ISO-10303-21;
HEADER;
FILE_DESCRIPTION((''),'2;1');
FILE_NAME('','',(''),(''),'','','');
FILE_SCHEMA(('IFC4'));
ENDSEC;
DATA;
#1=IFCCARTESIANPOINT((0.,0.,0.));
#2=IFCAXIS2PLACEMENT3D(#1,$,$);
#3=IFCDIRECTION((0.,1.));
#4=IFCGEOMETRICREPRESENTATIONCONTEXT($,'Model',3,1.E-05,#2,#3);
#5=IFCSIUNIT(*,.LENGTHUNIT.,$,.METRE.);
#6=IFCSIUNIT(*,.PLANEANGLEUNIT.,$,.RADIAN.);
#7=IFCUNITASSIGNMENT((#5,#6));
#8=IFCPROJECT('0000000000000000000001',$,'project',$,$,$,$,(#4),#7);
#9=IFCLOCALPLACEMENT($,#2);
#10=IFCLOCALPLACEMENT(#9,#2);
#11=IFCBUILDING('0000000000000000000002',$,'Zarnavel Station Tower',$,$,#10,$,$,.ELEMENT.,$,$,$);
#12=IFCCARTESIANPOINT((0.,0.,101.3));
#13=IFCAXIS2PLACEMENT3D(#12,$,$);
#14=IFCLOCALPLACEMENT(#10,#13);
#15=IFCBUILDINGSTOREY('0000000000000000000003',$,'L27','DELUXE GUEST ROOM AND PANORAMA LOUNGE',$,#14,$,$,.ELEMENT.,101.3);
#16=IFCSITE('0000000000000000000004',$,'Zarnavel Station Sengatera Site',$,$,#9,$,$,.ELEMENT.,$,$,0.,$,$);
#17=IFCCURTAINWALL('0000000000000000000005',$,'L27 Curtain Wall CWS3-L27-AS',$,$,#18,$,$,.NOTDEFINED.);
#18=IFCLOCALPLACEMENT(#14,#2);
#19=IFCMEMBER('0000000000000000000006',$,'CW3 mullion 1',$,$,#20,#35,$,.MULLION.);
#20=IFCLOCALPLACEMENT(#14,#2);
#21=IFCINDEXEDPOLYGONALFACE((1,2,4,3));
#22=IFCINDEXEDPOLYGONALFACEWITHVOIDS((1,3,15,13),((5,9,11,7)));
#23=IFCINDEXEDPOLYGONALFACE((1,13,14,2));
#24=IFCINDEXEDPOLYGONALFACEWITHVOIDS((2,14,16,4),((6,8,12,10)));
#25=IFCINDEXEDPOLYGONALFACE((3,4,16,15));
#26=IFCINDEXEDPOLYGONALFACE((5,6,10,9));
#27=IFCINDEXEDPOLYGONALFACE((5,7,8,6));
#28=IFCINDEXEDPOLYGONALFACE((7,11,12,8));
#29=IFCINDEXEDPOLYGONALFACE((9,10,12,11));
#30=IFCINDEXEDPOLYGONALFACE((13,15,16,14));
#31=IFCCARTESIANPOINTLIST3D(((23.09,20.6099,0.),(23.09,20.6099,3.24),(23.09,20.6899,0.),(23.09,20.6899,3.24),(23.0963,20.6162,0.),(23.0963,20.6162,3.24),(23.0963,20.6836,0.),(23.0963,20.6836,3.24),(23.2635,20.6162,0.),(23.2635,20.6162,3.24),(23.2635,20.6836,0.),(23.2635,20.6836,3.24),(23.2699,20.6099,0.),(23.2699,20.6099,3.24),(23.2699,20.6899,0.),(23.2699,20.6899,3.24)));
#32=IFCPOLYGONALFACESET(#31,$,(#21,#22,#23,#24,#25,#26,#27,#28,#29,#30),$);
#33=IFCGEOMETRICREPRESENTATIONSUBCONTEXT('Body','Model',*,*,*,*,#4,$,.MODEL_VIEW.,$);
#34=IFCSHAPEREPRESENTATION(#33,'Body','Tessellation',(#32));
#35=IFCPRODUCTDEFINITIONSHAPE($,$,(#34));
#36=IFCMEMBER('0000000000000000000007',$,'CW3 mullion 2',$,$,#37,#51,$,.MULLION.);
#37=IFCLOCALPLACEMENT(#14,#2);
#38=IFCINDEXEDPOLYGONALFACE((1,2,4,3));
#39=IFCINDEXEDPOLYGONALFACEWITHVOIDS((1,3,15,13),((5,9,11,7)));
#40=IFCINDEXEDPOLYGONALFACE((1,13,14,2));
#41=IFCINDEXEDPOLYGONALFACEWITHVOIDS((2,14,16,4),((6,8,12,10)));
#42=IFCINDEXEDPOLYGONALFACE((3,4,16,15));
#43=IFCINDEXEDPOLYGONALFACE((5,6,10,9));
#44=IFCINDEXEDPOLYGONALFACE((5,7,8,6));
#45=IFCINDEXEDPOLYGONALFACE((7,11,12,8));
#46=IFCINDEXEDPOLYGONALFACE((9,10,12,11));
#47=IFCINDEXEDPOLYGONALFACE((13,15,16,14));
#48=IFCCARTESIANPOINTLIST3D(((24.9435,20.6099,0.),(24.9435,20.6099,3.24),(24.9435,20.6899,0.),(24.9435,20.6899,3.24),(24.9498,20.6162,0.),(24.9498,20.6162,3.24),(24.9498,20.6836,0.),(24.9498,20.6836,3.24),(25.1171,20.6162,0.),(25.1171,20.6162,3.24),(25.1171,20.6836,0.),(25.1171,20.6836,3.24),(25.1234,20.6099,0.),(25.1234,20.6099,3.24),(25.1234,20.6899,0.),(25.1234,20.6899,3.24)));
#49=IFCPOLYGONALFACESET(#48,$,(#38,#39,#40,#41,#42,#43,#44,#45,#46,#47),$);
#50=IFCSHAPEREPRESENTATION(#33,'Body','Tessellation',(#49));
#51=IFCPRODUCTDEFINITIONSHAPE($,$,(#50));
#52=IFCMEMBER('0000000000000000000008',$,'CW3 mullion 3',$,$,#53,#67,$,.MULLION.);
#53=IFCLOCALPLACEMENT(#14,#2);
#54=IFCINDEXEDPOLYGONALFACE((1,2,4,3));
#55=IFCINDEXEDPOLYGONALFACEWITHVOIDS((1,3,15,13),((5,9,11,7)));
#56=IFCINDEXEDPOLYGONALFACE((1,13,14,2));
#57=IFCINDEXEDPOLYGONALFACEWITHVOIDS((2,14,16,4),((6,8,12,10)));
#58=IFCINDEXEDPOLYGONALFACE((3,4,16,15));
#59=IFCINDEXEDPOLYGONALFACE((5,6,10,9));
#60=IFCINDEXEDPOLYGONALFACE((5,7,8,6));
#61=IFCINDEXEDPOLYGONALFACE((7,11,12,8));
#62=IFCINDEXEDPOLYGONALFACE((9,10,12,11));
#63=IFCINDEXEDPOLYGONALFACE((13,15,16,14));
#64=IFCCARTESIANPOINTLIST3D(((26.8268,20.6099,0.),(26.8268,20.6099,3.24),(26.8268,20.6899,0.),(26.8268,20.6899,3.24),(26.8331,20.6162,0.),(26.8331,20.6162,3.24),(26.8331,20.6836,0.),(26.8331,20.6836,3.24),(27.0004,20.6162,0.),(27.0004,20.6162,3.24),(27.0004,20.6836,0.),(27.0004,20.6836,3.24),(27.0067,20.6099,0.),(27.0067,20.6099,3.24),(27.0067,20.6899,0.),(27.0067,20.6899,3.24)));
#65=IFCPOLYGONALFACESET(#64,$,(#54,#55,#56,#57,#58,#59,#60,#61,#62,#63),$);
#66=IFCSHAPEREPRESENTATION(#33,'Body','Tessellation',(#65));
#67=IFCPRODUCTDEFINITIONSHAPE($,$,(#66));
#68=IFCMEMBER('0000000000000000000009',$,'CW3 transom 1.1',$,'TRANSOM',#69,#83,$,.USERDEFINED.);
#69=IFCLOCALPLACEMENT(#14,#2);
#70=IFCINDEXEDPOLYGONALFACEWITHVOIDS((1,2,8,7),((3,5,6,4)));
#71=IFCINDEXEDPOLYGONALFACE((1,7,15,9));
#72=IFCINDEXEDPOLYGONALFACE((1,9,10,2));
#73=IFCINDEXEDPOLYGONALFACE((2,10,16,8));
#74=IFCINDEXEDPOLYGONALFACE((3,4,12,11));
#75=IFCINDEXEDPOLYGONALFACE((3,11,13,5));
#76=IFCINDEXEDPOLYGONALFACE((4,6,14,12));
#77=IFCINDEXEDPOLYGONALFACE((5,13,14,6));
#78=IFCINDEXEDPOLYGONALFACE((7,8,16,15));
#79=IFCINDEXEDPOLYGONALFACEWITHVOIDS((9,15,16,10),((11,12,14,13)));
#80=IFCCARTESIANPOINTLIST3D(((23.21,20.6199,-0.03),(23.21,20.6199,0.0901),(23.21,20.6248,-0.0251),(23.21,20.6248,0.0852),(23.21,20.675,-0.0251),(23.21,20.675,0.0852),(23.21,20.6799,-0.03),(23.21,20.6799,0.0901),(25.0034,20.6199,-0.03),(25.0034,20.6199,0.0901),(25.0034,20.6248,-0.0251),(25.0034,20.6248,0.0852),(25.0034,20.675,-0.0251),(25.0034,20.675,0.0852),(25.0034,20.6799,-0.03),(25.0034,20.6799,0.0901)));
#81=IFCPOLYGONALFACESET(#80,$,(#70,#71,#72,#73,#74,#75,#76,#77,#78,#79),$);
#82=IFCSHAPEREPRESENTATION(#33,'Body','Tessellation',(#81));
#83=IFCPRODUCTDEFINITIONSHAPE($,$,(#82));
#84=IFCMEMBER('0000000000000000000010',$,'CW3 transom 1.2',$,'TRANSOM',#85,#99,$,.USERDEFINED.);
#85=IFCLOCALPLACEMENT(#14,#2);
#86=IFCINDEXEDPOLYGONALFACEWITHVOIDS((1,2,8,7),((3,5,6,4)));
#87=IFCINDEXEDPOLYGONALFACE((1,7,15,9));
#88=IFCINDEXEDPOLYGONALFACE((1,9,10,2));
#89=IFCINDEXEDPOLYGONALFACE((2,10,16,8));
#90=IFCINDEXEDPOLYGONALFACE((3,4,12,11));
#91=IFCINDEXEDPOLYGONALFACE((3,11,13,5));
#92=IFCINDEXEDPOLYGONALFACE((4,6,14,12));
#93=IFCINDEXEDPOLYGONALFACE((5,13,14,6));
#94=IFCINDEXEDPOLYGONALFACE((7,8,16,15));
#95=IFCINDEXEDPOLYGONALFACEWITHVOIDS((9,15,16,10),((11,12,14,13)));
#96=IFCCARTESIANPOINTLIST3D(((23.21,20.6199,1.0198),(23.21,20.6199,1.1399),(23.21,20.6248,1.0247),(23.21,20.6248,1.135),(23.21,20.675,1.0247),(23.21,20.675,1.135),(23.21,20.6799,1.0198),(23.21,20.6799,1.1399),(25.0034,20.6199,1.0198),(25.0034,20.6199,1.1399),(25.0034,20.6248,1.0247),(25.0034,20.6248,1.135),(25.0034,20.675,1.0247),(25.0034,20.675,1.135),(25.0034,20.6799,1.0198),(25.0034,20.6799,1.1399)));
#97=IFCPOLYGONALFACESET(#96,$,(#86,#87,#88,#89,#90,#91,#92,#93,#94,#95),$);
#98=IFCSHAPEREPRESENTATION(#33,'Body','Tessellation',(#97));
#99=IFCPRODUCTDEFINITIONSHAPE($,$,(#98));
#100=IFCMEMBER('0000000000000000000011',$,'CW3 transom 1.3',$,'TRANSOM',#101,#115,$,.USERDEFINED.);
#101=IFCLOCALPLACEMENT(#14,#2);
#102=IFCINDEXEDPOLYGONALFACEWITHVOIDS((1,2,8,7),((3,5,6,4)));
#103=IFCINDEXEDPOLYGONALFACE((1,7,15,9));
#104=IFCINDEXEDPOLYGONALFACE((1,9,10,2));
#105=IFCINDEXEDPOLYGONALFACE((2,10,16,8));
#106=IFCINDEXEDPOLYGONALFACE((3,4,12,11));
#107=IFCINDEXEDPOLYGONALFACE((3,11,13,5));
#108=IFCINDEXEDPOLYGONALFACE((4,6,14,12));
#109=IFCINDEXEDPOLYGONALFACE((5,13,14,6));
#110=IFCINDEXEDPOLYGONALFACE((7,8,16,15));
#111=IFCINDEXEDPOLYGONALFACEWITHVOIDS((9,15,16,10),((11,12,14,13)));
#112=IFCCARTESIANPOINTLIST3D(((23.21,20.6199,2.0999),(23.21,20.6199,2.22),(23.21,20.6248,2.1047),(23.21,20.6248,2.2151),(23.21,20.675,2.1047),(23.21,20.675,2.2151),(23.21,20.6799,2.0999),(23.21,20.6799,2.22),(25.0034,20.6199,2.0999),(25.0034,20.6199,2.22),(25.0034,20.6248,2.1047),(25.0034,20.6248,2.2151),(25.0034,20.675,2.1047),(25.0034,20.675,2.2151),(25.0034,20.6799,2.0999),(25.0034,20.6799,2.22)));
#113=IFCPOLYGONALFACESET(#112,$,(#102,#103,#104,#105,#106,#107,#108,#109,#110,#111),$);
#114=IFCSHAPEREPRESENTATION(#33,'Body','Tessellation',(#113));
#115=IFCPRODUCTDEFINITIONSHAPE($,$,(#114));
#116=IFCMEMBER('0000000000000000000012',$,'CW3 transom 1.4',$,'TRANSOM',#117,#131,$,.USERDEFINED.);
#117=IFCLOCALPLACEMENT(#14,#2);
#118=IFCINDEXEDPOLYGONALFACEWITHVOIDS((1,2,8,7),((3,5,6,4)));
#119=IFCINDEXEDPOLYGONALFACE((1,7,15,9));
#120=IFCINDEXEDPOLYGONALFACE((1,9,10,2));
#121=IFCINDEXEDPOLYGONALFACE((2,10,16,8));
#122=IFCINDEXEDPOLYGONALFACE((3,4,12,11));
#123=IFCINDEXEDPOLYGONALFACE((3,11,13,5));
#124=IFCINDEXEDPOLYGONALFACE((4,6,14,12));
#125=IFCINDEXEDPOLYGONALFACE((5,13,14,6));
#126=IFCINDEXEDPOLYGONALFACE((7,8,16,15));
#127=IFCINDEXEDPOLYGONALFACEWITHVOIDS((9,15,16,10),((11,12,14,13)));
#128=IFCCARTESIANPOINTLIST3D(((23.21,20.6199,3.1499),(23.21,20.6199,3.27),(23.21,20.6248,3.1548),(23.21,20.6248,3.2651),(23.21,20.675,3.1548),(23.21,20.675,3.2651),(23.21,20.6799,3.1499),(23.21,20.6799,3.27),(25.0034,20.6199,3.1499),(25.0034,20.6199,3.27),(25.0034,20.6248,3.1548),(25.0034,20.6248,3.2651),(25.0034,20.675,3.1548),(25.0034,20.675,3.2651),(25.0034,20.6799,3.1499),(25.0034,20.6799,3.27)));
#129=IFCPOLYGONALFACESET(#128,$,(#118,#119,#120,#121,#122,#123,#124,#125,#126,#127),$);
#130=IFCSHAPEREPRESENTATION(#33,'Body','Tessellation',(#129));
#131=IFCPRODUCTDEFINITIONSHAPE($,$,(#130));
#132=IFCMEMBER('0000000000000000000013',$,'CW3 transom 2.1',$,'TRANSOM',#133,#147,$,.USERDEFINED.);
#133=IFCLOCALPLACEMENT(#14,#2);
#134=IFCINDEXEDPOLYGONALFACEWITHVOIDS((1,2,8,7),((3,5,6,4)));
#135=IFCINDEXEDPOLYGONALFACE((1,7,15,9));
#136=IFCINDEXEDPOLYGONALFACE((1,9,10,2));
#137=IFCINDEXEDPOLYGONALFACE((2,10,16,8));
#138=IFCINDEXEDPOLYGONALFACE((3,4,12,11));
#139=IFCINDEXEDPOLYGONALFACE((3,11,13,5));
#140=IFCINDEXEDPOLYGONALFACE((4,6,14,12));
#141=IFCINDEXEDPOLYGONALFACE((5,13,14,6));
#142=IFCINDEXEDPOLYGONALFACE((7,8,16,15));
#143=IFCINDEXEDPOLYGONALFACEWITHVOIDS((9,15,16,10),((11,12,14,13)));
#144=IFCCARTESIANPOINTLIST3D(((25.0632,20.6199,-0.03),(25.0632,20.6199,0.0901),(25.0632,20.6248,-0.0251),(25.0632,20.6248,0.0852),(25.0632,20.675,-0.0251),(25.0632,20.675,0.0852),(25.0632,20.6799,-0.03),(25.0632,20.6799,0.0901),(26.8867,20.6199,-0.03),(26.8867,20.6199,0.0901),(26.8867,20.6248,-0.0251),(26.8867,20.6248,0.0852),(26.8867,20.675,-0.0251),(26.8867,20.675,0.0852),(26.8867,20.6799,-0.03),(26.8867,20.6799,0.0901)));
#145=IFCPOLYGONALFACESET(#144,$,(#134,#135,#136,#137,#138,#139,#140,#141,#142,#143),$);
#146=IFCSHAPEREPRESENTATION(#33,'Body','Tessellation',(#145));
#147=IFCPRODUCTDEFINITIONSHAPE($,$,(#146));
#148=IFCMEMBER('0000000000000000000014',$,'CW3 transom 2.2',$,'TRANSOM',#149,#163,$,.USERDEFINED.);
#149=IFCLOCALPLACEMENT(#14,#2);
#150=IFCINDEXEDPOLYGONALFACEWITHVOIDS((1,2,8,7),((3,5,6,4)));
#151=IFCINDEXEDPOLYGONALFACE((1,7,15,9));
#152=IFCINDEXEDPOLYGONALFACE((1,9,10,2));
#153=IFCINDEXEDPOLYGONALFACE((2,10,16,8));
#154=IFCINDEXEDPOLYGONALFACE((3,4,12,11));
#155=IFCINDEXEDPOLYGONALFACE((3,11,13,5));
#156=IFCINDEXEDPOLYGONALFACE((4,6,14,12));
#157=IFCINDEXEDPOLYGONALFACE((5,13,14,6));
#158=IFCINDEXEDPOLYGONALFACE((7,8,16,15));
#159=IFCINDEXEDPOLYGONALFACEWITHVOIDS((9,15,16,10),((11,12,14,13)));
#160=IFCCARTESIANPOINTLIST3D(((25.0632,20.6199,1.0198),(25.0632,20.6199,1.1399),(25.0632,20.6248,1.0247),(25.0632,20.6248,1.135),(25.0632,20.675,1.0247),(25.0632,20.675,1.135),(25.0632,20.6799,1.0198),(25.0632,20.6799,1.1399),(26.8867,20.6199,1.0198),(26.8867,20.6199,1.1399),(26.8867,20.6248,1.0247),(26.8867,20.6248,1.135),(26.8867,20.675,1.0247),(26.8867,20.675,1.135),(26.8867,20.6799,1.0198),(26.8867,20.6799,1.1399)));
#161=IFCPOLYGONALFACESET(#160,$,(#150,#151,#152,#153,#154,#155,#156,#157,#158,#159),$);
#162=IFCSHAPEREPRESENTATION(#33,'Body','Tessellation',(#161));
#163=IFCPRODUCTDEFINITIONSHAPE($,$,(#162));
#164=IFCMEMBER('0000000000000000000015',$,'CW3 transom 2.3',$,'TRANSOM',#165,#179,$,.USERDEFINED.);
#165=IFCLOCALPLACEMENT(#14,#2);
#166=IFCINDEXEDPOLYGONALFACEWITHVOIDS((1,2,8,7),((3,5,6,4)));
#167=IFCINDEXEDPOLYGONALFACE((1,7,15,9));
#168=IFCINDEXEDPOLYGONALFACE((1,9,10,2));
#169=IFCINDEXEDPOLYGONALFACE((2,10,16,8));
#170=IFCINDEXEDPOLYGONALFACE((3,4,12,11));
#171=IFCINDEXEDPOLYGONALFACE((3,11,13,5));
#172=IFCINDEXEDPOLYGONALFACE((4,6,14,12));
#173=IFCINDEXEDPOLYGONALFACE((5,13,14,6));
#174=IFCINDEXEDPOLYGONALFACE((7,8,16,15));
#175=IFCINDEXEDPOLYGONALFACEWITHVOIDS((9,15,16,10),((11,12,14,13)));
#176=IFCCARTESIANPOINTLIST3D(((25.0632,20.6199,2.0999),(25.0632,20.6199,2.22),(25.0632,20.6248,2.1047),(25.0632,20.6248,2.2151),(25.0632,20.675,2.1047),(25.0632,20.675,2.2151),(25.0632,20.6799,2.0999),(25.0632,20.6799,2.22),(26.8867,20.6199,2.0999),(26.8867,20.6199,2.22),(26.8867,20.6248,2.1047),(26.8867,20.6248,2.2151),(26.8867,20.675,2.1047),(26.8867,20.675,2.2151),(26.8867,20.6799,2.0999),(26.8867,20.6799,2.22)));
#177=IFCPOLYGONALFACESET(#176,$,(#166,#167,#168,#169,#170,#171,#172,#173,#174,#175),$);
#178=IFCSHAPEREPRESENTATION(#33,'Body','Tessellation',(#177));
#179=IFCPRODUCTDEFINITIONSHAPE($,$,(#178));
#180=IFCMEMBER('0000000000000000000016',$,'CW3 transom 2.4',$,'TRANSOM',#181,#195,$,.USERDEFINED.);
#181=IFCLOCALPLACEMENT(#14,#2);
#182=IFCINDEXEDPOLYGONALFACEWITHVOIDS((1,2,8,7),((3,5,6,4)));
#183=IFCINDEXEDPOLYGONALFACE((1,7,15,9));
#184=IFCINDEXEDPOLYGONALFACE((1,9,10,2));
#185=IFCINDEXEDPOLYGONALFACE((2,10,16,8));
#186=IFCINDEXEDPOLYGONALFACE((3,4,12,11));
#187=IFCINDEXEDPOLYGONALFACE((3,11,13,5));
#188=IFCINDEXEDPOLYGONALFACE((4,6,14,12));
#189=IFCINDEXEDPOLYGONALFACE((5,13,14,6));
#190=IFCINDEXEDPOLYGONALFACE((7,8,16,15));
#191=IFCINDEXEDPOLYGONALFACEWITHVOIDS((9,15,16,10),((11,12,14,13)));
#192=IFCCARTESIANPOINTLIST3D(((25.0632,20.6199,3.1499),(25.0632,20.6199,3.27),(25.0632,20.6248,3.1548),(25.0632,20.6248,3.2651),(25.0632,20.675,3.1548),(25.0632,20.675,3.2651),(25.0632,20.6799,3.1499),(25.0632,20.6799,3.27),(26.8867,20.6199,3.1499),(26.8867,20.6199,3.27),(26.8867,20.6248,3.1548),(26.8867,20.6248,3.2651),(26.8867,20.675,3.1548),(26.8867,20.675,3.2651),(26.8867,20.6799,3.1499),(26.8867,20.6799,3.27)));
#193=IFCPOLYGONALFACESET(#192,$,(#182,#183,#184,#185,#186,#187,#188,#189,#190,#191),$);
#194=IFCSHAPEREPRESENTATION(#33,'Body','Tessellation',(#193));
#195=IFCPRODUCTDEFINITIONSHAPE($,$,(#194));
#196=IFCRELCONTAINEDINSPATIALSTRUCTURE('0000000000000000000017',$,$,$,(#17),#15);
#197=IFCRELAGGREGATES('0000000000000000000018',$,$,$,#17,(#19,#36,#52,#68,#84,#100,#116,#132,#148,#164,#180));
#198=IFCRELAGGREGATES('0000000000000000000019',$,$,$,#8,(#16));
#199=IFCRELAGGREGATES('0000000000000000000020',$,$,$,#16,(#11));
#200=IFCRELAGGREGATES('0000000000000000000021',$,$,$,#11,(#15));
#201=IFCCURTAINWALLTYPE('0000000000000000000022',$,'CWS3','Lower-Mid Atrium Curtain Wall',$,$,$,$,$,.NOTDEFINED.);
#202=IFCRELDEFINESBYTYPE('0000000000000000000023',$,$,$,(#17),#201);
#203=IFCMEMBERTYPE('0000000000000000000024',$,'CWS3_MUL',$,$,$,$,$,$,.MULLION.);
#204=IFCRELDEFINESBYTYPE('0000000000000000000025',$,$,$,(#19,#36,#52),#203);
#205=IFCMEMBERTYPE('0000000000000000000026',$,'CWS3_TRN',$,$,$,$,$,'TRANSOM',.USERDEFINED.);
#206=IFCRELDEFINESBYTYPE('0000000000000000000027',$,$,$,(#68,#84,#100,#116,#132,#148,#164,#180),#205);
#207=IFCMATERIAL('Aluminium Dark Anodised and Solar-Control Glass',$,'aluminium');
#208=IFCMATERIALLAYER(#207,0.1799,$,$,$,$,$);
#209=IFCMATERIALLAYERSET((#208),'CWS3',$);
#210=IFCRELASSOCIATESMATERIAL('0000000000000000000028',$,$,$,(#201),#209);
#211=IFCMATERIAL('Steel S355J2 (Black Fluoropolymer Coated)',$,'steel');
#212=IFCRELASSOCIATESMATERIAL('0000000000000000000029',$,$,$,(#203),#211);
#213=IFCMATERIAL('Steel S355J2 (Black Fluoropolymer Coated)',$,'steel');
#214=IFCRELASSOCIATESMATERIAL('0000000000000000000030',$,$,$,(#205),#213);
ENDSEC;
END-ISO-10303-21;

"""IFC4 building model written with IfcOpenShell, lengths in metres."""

from ifc_helpers import new_model, si_unit, direction, frame, origin, origin_2d, place, context, subcontext, project, spatial, hollow_rectangle, extrude, material, layer, layer_set, material_profile, profile_set, type_object, element, aggregate, save


model = new_model("IFC4")

# Units and contexts
model_context = context("Model", 3, precision=1e-05, world=origin(), true_north=direction((0.0, 1.0)))
body_context = subcontext(model_context, "Body", "Model", "MODEL_VIEW")
ifc_project = project(units=[si_unit("LENGTHUNIT", "METRE"), si_unit("PLANEANGLEUNIT", "RADIAN")], contexts=[model_context])

# Site, building, storey
site_placement = place(None, origin())
site = spatial("IfcSite", under=ifc_project, at=site_placement, Name="Zarnavel Station Sengatera Site", CompositionType="ELEMENT", RefElevation=0.0)
building_placement = place(site_placement, origin())
building = spatial("IfcBuilding", under=site, at=building_placement, Name="Zarnavel Station Tower", CompositionType="ELEMENT")
storey_placement = place(building_placement, frame((0.0, 0.0, 101.3)))
storey = spatial("IfcBuildingStorey", under=building, at=storey_placement, Name="L27", Description="DELUXE GUEST ROOM AND PANORAMA LOUNGE", CompositionType="ELEMENT", Elevation=101.3)

# Curtain wall, members
ifc_material_1 = material(Name="Aluminium Dark Anodised and Solar-Control Glass", Category="aluminium")
ifc_layer_1 = layer(ifc_material_1, 0.1799)
ifc_layer_set_1 = layer_set([ifc_layer_1], Name="CWS3")
curtain_wall_type = type_object("IfcCurtainWallType", Name="CWS3", Description="Lower-Mid Atrium Curtain Wall", PredefinedType="NOTDEFINED", material=ifc_layer_set_1)
curtain_wall_placement = place(storey_placement, origin())
curtain_wall = element("IfcCurtainWall", 1, at=curtain_wall_placement, inside=storey, type_object=curtain_wall_type, Name="L27 Curtain Wall CWS3-L27-AS", PredefinedType="NOTDEFINED")
ifc_material_2 = material(Name="Steel S355J2 (Black Fluoropolymer Coated)", Category="steel")
ifc_material_profile_1 = material_profile(ifc_material_2, hollow_rectangle(XDim=0.0801, YDim=0.1799, WallThickness=0.0063, at=origin_2d()), Name="RHS180x80x6.3")
ifc_profile_set_1 = profile_set([ifc_material_profile_1], Name="Steel S355J2 (Black Fluoropolymer Coated)")
member_type_1 = type_object("IfcMemberType", Name="CWS3_MUL", PredefinedType="MULLION", material=ifc_profile_set_1)
member_1_placement = place(storey_placement, frame((23.1799, 20.6499, 0.0), z_axis=(0.0, 0.0, 1.0), x_axis=(0.0, 1.0, 0.0)))
member_1 = element("IfcMember", 2, at=member_1_placement, type_object=member_type_1, Name="CW3 mullion 1", PredefinedType="MULLION", context=body_context, shape_type="SweptSolid", body=[
    extrude(hollow_rectangle(XDim=0.0801, YDim=0.1799, WallThickness=0.0063, at=origin_2d()), origin(), (0.0, 0.0, 1.0), 3.24),
])
member_2_placement = place(storey_placement, frame((25.0334, 20.6499, 0.0), z_axis=(0.0, 0.0, 1.0), x_axis=(0.0, 1.0, 0.0)))
member_2 = element("IfcMember", 3, at=member_2_placement, type_object=member_type_1, Name="CW3 mullion 2", PredefinedType="MULLION", context=body_context, shape_type="SweptSolid", body=[
    extrude(hollow_rectangle(XDim=0.0801, YDim=0.1799, WallThickness=0.0063, at=origin_2d()), origin(), (0.0, 0.0, 1.0), 3.24),
])
member_3_placement = place(storey_placement, frame((26.9167, 20.6499, 0.0), z_axis=(0.0, 0.0, 1.0), x_axis=(0.0, 1.0, 0.0)))
member_3 = element("IfcMember", 4, at=member_3_placement, type_object=member_type_1, Name="CW3 mullion 3", PredefinedType="MULLION", context=body_context, shape_type="SweptSolid", body=[
    extrude(hollow_rectangle(XDim=0.0801, YDim=0.1799, WallThickness=0.0063, at=origin_2d()), origin(), (0.0, 0.0, 1.0), 3.24),
])
ifc_material_3 = material(Name="Steel S355J2 (Black Fluoropolymer Coated)", Category="steel")
ifc_material_profile_2 = material_profile(ifc_material_3, hollow_rectangle(XDim=0.0601, YDim=0.1201, WallThickness=0.0049, at=origin_2d()), Name="RHS120x60x5")
ifc_profile_set_2 = profile_set([ifc_material_profile_2], Name="Steel S355J2 (Black Fluoropolymer Coated)")
member_type_2 = type_object("IfcMemberType", Name="CWS3_TRN", ElementType="TRANSOM", PredefinedType="USERDEFINED", material=ifc_profile_set_2)
member_4_placement = place(storey_placement, frame((23.21, 20.6499, 0.03), z_axis=(1.0, 0.0, 0.0), x_axis=(0.0, 1.0, 0.0)))
member_4 = element("IfcMember", 5, at=member_4_placement, type_object=member_type_2, Name="CW3 transom 1.1", ObjectType="TRANSOM", PredefinedType="USERDEFINED", context=body_context, shape_type="SweptSolid", body=[
    extrude(hollow_rectangle(XDim=0.0601, YDim=0.1201, WallThickness=0.0049, at=origin_2d()), origin(), (0.0, 0.0, 1.0), 1.7935),
])
member_5_placement = place(storey_placement, frame((23.21, 20.6499, 1.0798), z_axis=(1.0, 0.0, 0.0), x_axis=(0.0, 1.0, 0.0)))
member_5 = element("IfcMember", 6, at=member_5_placement, type_object=member_type_2, Name="CW3 transom 1.2", ObjectType="TRANSOM", PredefinedType="USERDEFINED", context=body_context, shape_type="SweptSolid", body=[
    extrude(hollow_rectangle(XDim=0.0601, YDim=0.1201, WallThickness=0.0049, at=origin_2d()), origin(), (0.0, 0.0, 1.0), 1.7935),
])
member_6_placement = place(storey_placement, frame((23.21, 20.6499, 2.1599), z_axis=(1.0, 0.0, 0.0), x_axis=(0.0, 1.0, 0.0)))
member_6 = element("IfcMember", 7, at=member_6_placement, type_object=member_type_2, Name="CW3 transom 1.3", ObjectType="TRANSOM", PredefinedType="USERDEFINED", context=body_context, shape_type="SweptSolid", body=[
    extrude(hollow_rectangle(XDim=0.0601, YDim=0.1201, WallThickness=0.0049, at=origin_2d()), origin(), (0.0, 0.0, 1.0), 1.7935),
])
member_7_placement = place(storey_placement, frame((23.21, 20.6499, 3.21), z_axis=(1.0, 0.0, 0.0), x_axis=(0.0, 1.0, 0.0)))
member_7 = element("IfcMember", 8, at=member_7_placement, type_object=member_type_2, Name="CW3 transom 1.4", ObjectType="TRANSOM", PredefinedType="USERDEFINED", context=body_context, shape_type="SweptSolid", body=[
    extrude(hollow_rectangle(XDim=0.0601, YDim=0.1201, WallThickness=0.0049, at=origin_2d()), origin(), (0.0, 0.0, 1.0), 1.7935),
])
member_8_placement = place(storey_placement, frame((25.0632, 20.6499, 0.03), z_axis=(1.0, 0.0, 0.0), x_axis=(0.0, 1.0, 0.0)))
member_8 = element("IfcMember", 9, at=member_8_placement, type_object=member_type_2, Name="CW3 transom 2.1", ObjectType="TRANSOM", PredefinedType="USERDEFINED", context=body_context, shape_type="SweptSolid", body=[
    extrude(hollow_rectangle(XDim=0.0601, YDim=0.1201, WallThickness=0.0049, at=origin_2d()), origin(), (0.0, 0.0, 1.0), 1.8235),
])
member_9_placement = place(storey_placement, frame((25.0632, 20.6499, 1.0798), z_axis=(1.0, 0.0, 0.0), x_axis=(0.0, 1.0, 0.0)))
member_9 = element("IfcMember", 10, at=member_9_placement, type_object=member_type_2, Name="CW3 transom 2.2", ObjectType="TRANSOM", PredefinedType="USERDEFINED", context=body_context, shape_type="SweptSolid", body=[
    extrude(hollow_rectangle(XDim=0.0601, YDim=0.1201, WallThickness=0.0049, at=origin_2d()), origin(), (0.0, 0.0, 1.0), 1.8235),
])
member_10_placement = place(storey_placement, frame((25.0632, 20.6499, 2.1599), z_axis=(1.0, 0.0, 0.0), x_axis=(0.0, 1.0, 0.0)))
member_10 = element("IfcMember", 11, at=member_10_placement, type_object=member_type_2, Name="CW3 transom 2.3", ObjectType="TRANSOM", PredefinedType="USERDEFINED", context=body_context, shape_type="SweptSolid", body=[
    extrude(hollow_rectangle(XDim=0.0601, YDim=0.1201, WallThickness=0.0049, at=origin_2d()), origin(), (0.0, 0.0, 1.0), 1.8235),
])
member_11_placement = place(storey_placement, frame((25.0632, 20.6499, 3.21), z_axis=(1.0, 0.0, 0.0), x_axis=(0.0, 1.0, 0.0)))
member_11 = element("IfcMember", 12, at=member_11_placement, type_object=member_type_2, Name="CW3 transom 2.4", ObjectType="TRANSOM", PredefinedType="USERDEFINED", context=body_context, shape_type="SweptSolid", body=[
    extrude(hollow_rectangle(XDim=0.0601, YDim=0.1201, WallThickness=0.0049, at=origin_2d()), origin(), (0.0, 0.0, 1.0), 1.8235),
])
aggregate(curtain_wall, [member_1, member_2, member_3, member_4, member_5, member_6, member_7, member_8, member_9, member_10, member_11])

save(model, "model.ifc")
